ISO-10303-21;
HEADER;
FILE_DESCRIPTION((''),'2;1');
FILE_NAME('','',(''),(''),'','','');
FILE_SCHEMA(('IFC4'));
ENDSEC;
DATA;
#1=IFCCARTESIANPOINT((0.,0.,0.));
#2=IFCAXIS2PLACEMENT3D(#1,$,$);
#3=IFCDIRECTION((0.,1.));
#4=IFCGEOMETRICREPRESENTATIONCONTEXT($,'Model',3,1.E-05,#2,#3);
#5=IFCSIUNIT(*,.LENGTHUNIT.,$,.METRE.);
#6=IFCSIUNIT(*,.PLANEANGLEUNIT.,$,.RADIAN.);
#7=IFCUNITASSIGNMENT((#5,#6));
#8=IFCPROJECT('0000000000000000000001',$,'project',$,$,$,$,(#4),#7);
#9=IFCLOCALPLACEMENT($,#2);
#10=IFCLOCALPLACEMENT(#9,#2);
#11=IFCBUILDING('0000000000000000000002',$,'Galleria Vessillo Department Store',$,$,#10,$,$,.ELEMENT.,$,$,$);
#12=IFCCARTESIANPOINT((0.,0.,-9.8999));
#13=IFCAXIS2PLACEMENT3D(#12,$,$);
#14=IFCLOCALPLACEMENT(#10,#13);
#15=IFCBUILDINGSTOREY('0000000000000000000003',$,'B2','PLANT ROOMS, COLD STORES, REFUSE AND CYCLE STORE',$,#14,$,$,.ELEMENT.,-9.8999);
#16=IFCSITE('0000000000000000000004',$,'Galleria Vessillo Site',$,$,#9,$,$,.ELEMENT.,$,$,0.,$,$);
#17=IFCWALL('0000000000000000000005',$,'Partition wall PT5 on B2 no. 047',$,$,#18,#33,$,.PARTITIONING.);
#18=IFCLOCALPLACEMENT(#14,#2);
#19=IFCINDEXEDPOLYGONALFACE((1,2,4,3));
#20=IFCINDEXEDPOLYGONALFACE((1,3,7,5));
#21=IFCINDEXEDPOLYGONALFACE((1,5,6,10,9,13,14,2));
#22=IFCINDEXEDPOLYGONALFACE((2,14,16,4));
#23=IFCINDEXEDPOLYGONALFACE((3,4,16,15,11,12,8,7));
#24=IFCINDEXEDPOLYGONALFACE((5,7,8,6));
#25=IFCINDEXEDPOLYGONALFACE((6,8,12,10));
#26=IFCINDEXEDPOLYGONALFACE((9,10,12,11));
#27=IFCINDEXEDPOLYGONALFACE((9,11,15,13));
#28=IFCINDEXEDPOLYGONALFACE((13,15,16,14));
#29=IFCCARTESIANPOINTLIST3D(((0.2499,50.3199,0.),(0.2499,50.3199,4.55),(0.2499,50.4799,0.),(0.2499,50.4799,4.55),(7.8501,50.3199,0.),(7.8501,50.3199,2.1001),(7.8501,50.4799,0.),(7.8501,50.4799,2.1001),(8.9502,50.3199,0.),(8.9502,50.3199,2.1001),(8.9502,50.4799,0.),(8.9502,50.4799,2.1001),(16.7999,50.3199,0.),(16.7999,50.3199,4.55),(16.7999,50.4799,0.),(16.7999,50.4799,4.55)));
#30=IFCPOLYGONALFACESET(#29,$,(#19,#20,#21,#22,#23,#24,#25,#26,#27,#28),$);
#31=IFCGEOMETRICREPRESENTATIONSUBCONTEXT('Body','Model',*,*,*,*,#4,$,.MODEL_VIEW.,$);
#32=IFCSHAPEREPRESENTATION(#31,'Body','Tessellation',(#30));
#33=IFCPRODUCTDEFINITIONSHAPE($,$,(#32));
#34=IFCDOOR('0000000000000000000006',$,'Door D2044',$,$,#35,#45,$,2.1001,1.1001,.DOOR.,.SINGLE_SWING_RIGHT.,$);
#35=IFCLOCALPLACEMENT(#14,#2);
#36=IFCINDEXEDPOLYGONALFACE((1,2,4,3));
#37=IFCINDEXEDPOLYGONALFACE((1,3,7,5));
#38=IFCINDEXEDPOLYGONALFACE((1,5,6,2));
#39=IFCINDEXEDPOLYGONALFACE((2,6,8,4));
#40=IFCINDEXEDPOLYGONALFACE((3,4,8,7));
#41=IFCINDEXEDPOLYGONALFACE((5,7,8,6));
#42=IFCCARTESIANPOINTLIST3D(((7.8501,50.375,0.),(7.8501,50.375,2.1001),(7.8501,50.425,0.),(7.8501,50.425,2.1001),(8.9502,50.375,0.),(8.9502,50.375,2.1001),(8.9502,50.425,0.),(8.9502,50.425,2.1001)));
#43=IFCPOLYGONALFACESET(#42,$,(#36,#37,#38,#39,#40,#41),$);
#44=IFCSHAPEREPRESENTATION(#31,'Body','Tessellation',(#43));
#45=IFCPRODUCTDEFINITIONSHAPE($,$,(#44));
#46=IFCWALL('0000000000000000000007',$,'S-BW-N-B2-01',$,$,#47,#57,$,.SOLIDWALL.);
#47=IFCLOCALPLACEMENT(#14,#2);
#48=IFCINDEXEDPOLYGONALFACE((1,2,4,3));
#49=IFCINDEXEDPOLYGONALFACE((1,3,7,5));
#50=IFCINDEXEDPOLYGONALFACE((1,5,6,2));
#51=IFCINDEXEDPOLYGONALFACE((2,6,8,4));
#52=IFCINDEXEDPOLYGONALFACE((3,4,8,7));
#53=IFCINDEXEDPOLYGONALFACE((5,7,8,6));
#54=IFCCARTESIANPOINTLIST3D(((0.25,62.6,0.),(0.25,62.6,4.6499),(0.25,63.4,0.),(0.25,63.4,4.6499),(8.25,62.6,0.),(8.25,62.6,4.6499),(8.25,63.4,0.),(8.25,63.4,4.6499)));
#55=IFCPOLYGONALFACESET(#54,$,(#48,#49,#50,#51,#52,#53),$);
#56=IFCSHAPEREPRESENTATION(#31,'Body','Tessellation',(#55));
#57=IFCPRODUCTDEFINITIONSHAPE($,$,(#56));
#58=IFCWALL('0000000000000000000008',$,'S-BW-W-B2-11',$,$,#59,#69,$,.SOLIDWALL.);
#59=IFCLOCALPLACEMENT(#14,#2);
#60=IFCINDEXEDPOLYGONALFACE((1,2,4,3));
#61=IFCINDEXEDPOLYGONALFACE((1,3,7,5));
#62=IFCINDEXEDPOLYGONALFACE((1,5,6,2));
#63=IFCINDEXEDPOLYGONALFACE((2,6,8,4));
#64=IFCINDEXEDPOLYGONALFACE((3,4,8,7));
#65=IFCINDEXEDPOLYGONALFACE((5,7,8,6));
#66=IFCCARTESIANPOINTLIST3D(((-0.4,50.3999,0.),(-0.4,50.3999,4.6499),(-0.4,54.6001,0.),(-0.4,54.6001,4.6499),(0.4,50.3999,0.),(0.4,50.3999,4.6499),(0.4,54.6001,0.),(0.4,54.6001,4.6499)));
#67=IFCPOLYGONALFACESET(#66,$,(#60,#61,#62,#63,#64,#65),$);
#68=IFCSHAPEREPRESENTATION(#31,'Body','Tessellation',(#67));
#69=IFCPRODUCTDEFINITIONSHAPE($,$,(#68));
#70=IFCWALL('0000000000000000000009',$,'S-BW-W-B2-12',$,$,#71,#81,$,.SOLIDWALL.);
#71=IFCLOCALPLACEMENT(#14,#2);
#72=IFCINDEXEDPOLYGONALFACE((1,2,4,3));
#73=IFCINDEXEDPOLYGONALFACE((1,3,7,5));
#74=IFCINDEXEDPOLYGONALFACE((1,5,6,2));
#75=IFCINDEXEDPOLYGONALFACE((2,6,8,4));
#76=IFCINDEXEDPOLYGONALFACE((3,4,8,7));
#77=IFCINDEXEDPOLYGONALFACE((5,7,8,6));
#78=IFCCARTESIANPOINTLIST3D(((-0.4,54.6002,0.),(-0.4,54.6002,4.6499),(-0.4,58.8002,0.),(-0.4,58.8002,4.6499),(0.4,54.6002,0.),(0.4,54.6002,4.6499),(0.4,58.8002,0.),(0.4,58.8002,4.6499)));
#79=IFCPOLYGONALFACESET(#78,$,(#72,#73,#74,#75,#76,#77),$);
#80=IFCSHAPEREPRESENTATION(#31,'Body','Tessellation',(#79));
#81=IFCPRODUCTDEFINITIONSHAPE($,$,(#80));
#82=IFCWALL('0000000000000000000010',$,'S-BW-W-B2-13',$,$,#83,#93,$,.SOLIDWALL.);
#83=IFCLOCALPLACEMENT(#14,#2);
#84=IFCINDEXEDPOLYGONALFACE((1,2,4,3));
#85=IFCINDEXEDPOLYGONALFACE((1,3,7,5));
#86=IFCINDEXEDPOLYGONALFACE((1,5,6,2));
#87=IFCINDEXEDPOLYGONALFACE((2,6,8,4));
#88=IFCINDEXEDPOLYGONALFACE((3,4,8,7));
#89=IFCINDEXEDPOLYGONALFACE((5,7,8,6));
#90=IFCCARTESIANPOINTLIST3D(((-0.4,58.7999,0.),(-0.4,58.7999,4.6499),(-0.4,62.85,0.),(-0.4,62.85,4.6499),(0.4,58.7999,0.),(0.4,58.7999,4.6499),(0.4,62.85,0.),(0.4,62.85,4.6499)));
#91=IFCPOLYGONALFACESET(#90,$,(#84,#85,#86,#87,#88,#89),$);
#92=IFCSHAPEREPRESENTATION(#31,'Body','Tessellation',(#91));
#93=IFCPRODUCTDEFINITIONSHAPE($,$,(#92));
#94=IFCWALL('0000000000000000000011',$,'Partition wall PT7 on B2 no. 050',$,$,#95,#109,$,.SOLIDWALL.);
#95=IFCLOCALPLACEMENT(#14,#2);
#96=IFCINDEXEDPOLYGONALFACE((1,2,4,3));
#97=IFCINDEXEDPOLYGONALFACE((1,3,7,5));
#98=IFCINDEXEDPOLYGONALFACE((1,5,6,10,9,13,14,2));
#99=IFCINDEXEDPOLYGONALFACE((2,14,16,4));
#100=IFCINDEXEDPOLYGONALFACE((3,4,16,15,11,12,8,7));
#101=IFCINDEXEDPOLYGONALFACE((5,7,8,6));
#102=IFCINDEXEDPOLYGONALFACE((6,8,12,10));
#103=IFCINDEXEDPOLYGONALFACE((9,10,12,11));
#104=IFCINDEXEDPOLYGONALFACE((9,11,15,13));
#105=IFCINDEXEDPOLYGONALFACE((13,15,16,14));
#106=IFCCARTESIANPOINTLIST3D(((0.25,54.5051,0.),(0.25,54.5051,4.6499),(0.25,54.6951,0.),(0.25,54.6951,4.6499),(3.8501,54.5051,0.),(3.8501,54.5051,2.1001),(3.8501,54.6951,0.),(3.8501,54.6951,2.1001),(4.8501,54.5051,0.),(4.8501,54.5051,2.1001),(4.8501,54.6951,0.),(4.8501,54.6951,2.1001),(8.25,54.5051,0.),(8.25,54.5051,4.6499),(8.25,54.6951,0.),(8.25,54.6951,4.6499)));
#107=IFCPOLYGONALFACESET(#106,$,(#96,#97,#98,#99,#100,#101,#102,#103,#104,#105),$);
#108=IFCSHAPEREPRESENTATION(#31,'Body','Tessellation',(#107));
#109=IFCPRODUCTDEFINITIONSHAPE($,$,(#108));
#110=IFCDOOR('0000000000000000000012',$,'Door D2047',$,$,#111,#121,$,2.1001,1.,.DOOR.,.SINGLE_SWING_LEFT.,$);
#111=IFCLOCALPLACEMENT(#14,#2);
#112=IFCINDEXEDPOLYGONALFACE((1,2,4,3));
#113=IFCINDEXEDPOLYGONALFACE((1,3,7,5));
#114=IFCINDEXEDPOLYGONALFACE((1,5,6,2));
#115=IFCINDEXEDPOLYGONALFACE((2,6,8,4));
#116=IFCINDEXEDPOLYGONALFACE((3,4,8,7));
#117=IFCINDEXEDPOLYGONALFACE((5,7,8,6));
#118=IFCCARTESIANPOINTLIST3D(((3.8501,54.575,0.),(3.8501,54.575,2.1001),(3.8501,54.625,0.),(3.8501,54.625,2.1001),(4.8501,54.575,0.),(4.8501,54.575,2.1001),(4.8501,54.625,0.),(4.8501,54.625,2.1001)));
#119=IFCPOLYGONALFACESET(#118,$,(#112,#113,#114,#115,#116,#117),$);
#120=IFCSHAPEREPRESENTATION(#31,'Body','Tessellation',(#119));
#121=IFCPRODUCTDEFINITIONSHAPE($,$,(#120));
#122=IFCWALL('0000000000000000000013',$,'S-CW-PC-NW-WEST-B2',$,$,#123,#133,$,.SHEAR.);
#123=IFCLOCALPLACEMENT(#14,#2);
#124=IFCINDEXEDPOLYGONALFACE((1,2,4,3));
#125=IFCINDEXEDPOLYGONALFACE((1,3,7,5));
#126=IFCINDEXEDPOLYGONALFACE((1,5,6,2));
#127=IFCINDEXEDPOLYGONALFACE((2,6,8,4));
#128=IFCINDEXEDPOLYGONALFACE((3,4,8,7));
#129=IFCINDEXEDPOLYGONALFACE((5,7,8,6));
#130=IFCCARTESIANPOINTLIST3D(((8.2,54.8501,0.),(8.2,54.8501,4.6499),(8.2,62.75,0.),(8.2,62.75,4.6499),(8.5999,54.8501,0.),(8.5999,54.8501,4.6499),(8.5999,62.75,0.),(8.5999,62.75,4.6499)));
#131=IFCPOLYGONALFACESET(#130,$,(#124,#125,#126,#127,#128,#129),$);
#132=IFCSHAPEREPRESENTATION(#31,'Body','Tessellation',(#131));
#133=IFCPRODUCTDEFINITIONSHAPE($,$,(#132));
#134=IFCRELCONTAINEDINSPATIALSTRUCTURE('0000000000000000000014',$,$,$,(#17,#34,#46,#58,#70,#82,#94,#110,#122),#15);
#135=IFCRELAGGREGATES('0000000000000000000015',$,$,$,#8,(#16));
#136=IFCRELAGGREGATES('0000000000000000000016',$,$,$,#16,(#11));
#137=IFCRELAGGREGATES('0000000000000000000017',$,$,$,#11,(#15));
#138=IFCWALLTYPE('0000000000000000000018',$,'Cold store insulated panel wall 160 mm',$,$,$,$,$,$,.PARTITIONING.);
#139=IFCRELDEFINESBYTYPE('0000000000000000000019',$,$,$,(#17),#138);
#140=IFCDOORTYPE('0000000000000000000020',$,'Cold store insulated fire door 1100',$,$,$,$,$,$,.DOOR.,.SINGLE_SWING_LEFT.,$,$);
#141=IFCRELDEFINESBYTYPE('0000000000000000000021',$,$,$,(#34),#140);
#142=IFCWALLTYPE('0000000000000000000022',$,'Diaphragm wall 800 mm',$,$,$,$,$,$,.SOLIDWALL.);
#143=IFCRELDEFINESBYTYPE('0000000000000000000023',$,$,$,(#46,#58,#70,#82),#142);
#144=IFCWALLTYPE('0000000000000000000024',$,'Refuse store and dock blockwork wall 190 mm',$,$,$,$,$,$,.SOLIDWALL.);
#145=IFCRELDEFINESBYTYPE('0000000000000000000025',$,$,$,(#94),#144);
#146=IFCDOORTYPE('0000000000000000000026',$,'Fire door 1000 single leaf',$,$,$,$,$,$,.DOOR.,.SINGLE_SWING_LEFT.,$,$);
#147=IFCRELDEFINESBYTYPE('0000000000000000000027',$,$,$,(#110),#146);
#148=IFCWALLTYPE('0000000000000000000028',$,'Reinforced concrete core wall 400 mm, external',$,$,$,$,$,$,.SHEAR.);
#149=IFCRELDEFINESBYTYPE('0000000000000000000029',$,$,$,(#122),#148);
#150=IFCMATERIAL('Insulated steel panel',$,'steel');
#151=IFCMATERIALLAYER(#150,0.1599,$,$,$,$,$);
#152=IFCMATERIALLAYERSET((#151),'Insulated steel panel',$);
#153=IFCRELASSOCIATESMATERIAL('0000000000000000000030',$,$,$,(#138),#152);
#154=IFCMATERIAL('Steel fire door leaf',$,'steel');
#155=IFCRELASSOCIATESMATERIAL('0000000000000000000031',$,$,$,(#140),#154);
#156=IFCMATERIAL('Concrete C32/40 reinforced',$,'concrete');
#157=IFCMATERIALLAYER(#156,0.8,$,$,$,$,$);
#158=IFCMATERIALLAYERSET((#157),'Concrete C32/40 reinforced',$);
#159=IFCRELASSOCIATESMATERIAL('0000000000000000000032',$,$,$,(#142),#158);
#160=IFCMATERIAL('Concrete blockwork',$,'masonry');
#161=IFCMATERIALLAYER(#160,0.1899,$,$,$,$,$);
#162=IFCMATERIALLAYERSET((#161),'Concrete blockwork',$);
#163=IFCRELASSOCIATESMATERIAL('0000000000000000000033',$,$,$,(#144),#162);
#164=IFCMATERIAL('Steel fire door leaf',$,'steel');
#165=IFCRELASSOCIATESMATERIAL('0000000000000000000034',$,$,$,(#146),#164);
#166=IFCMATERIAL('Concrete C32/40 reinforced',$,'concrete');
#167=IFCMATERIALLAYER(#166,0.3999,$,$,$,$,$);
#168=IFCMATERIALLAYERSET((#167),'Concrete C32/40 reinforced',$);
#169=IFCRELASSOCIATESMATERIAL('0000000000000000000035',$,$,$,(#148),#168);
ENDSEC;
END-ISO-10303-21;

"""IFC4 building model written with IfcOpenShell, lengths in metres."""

from ifc_helpers import new_model, si_unit, direction, frame, frame_2d, origin, place, context, subcontext, project, spatial, rectangle, extrude, material, layer, layer_set, type_object, element, fill, save


model = new_model("IFC4")

# Units and contexts
model_context = context("Model", 3, precision=1e-05, world=origin(), true_north=direction((0.0, 1.0)))
body_context = subcontext(model_context, "Body", "Model", "MODEL_VIEW")
ifc_project = project(units=[si_unit("LENGTHUNIT", "METRE"), si_unit("PLANEANGLEUNIT", "RADIAN")], contexts=[model_context])

# Site, building, storey
site_placement = place(None, origin())
site = spatial("IfcSite", under=ifc_project, at=site_placement, Name="Galleria Vessillo Site", CompositionType="ELEMENT", RefElevation=0.0)
building_placement = place(site_placement, origin())
building = spatial("IfcBuilding", under=site, at=building_placement, Name="Galleria Vessillo Department Store", CompositionType="ELEMENT")
storey_placement = place(building_placement, frame((0.0, 0.0, -9.8999)))
storey = spatial("IfcBuildingStorey", under=building, at=storey_placement, Name="B2", Description="PLANT ROOMS, COLD STORES, REFUSE AND CYCLE STORE", CompositionType="ELEMENT", Elevation=-9.8999)

# Wall, opening, door
ifc_material_1 = material(Name="Insulated steel panel", Category="steel")
ifc_layer_1 = layer(ifc_material_1, 0.1599)
ifc_layer_set_1 = layer_set([ifc_layer_1], Name="Insulated steel panel")
wall_type_1 = type_object("IfcWallType", Name="Cold store insulated panel wall 160 mm", PredefinedType="PARTITIONING", material=ifc_layer_set_1)
wall_1_placement = place(storey_placement, frame((0.25, 50.3999, 0.0), z_axis=(0.0, 0.0, 1.0), x_axis=(1.0, 0.0, 0.0)))
wall_1 = element("IfcWall", 1, at=wall_1_placement, inside=storey, type_object=wall_type_1, Name="Partition wall PT5 on B2 no. 047", PredefinedType="PARTITIONING", context=body_context, shape_type="SweptSolid", body=[
    extrude(rectangle(XDim=16.55, YDim=0.1599, at=frame_2d((8.2749, 0.0))), origin(), (0.0, 0.0, 1.0), 4.55),
])
opening_1_placement = place(wall_1_placement, frame((7.6001, 0.0, 0.0)))
opening_1 = element("IfcOpeningElement", 2, at=opening_1_placement, cuts=wall_1, PredefinedType="OPENING", context=body_context, shape_type="SweptSolid", body=[
    extrude(rectangle(XDim=1.1001, YDim=2.1001, at=frame_2d((0.55, 1.05))), frame((0.0, 0.0898, 0.0), z_axis=(0.0, -1.0, 0.0), x_axis=(1.0, 0.0, 0.0)), (0.0, 0.0, 1.0), 0.1799),
])
ifc_material_2 = material(Name="Steel fire door leaf", Category="steel")
door_type_1 = type_object("IfcDoorType", Name="Cold store insulated fire door 1100", OperationType="SINGLE_SWING_LEFT", PredefinedType="DOOR", material=ifc_material_2)
door_1_placement = place(opening_1_placement, frame((1.1001, 0.0, 0.0), z_axis=(0.0, 0.0, 1.0), x_axis=(-1.0, 0.0, 0.0)))
door_1 = element("IfcDoor", 3, at=door_1_placement, inside=storey, type_object=door_type_1, Name="Door D2044", OperationType="SINGLE_SWING_RIGHT", OverallHeight=2.1001, OverallWidth=1.1001, PredefinedType="DOOR", context=body_context, shape_type="SweptSolid", body=[
    extrude(rectangle(XDim=1.1001, YDim=2.1001, at=frame_2d((0.55, 1.05))), frame((0.0, 0.0249, 0.0), z_axis=(0.0, -1.0, 0.0), x_axis=(1.0, 0.0, 0.0)), (0.0, 0.0, 1.0), 0.05),
])
fill(opening_1, door_1)

# Walls
ifc_material_3 = material(Name="Concrete C32/40 reinforced", Category="concrete")
ifc_layer_2 = layer(ifc_material_3, 0.8)
ifc_layer_set_2 = layer_set([ifc_layer_2], Name="Concrete C32/40 reinforced")
wall_type_2 = type_object("IfcWallType", Name="Diaphragm wall 800 mm", PredefinedType="SOLIDWALL", material=ifc_layer_set_2)
wall_2_placement = place(storey_placement, frame((0.25, 63.0, 0.0), z_axis=(0.0, 0.0, 1.0), x_axis=(1.0, 0.0, 0.0)))
element("IfcWall", 4, at=wall_2_placement, inside=storey, type_object=wall_type_2, Name="S-BW-N-B2-01", PredefinedType="SOLIDWALL", context=body_context, shape_type="SweptSolid", body=[
    extrude(rectangle(XDim=8.0, YDim=0.8, at=frame_2d((4.0, 0.0))), origin(), (0.0, 0.0, 1.0), 4.6499),
])
wall_3_placement = place(storey_placement, frame((0.0, 50.3999, 0.0), z_axis=(0.0, 0.0, 1.0), x_axis=(0.0, 1.0, 0.0)))
element("IfcWall", 5, at=wall_3_placement, inside=storey, type_object=wall_type_2, Name="S-BW-W-B2-11", PredefinedType="SOLIDWALL", context=body_context, shape_type="SweptSolid", body=[
    extrude(rectangle(XDim=4.2002, YDim=0.8, at=frame_2d((2.1001, 0.0))), origin(), (0.0, 0.0, 1.0), 4.6499),
])
wall_4_placement = place(storey_placement, frame((0.0, 54.6001, 0.0), z_axis=(0.0, 0.0, 1.0), x_axis=(0.0, 1.0, 0.0)))
element("IfcWall", 6, at=wall_4_placement, inside=storey, type_object=wall_type_2, Name="S-BW-W-B2-12", PredefinedType="SOLIDWALL", context=body_context, shape_type="SweptSolid", body=[
    extrude(rectangle(XDim=4.2, YDim=0.8, at=frame_2d((2.1001, 0.0))), origin(), (0.0, 0.0, 1.0), 4.6499),
])
wall_5_placement = place(storey_placement, frame((0.0, 58.8, 0.0), z_axis=(0.0, 0.0, 1.0), x_axis=(0.0, 1.0, 0.0)))
element("IfcWall", 7, at=wall_5_placement, inside=storey, type_object=wall_type_2, Name="S-BW-W-B2-13", PredefinedType="SOLIDWALL", context=body_context, shape_type="SweptSolid", body=[
    extrude(rectangle(XDim=4.05, YDim=0.8, at=frame_2d((2.0249, 0.0))), origin(), (0.0, 0.0, 1.0), 4.6499),
])

# Wall, opening, door
ifc_material_4 = material(Name="Concrete blockwork", Category="masonry")
ifc_layer_3 = layer(ifc_material_4, 0.1899)
ifc_layer_set_3 = layer_set([ifc_layer_3], Name="Concrete blockwork")
wall_type_3 = type_object("IfcWallType", Name="Refuse store and dock blockwork wall 190 mm", PredefinedType="SOLIDWALL", material=ifc_layer_set_3)
wall_6_placement = place(storey_placement, frame((0.25, 54.6001, 0.0), z_axis=(0.0, 0.0, 1.0), x_axis=(1.0, 0.0, 0.0)))
wall_6 = element("IfcWall", 8, at=wall_6_placement, inside=storey, type_object=wall_type_3, Name="Partition wall PT7 on B2 no. 050", PredefinedType="SOLIDWALL", context=body_context, shape_type="SweptSolid", body=[
    extrude(rectangle(XDim=8.0, YDim=0.1899, at=frame_2d((4.0, 0.0))), origin(), (0.0, 0.0, 1.0), 4.6499),
])
opening_2_placement = place(wall_6_placement, frame((3.6001, 0.0, 0.0)))
opening_2 = element("IfcOpeningElement", 9, at=opening_2_placement, cuts=wall_6, PredefinedType="OPENING", context=body_context, shape_type="SweptSolid", body=[
    extrude(rectangle(XDim=1.0, YDim=2.1001, at=frame_2d((0.5, 1.05))), frame((0.0, 0.105, 0.0), z_axis=(0.0, -1.0, 0.0), x_axis=(1.0, 0.0, 0.0)), (0.0, 0.0, 1.0), 0.21),
])
ifc_material_5 = material(Name="Steel fire door leaf", Category="steel")
door_type_2 = type_object("IfcDoorType", Name="Fire door 1000 single leaf", OperationType="SINGLE_SWING_LEFT", PredefinedType="DOOR", material=ifc_material_5)
door_2_placement = place(opening_2_placement, origin())
door_2 = element("IfcDoor", 10, at=door_2_placement, inside=storey, type_object=door_type_2, Name="Door D2047", OperationType="SINGLE_SWING_LEFT", OverallHeight=2.1001, OverallWidth=1.0, PredefinedType="DOOR", context=body_context, shape_type="SweptSolid", body=[
    extrude(rectangle(XDim=1.0, YDim=2.1001, at=frame_2d((0.5, 1.05))), frame((0.0, 0.0249, 0.0), z_axis=(0.0, -1.0, 0.0), x_axis=(1.0, 0.0, 0.0)), (0.0, 0.0, 1.0), 0.05),
])
fill(opening_2, door_2)

# Wall
ifc_material_6 = material(Name="Concrete C32/40 reinforced", Category="concrete")
ifc_layer_4 = layer(ifc_material_6, 0.3999)
ifc_layer_set_4 = layer_set([ifc_layer_4], Name="Concrete C32/40 reinforced")
wall_type_4 = type_object("IfcWallType", Name="Reinforced concrete core wall 400 mm, external", PredefinedType="SHEAR", material=ifc_layer_set_4)
wall_7_placement = place(storey_placement, frame((8.3999, 54.8501, 0.0), z_axis=(0.0, 0.0, 1.0), x_axis=(0.0, 1.0, 0.0)))
element("IfcWall", 11, at=wall_7_placement, inside=storey, type_object=wall_type_4, Name="S-CW-PC-NW-WEST-B2", PredefinedType="SHEAR", context=body_context, shape_type="SweptSolid", body=[
    extrude(rectangle(XDim=7.8999, YDim=0.3999, at=frame_2d((3.95, 0.0))), origin(), (0.0, 0.0, 1.0), 4.6499),
])

save(model, "model.ifc")
